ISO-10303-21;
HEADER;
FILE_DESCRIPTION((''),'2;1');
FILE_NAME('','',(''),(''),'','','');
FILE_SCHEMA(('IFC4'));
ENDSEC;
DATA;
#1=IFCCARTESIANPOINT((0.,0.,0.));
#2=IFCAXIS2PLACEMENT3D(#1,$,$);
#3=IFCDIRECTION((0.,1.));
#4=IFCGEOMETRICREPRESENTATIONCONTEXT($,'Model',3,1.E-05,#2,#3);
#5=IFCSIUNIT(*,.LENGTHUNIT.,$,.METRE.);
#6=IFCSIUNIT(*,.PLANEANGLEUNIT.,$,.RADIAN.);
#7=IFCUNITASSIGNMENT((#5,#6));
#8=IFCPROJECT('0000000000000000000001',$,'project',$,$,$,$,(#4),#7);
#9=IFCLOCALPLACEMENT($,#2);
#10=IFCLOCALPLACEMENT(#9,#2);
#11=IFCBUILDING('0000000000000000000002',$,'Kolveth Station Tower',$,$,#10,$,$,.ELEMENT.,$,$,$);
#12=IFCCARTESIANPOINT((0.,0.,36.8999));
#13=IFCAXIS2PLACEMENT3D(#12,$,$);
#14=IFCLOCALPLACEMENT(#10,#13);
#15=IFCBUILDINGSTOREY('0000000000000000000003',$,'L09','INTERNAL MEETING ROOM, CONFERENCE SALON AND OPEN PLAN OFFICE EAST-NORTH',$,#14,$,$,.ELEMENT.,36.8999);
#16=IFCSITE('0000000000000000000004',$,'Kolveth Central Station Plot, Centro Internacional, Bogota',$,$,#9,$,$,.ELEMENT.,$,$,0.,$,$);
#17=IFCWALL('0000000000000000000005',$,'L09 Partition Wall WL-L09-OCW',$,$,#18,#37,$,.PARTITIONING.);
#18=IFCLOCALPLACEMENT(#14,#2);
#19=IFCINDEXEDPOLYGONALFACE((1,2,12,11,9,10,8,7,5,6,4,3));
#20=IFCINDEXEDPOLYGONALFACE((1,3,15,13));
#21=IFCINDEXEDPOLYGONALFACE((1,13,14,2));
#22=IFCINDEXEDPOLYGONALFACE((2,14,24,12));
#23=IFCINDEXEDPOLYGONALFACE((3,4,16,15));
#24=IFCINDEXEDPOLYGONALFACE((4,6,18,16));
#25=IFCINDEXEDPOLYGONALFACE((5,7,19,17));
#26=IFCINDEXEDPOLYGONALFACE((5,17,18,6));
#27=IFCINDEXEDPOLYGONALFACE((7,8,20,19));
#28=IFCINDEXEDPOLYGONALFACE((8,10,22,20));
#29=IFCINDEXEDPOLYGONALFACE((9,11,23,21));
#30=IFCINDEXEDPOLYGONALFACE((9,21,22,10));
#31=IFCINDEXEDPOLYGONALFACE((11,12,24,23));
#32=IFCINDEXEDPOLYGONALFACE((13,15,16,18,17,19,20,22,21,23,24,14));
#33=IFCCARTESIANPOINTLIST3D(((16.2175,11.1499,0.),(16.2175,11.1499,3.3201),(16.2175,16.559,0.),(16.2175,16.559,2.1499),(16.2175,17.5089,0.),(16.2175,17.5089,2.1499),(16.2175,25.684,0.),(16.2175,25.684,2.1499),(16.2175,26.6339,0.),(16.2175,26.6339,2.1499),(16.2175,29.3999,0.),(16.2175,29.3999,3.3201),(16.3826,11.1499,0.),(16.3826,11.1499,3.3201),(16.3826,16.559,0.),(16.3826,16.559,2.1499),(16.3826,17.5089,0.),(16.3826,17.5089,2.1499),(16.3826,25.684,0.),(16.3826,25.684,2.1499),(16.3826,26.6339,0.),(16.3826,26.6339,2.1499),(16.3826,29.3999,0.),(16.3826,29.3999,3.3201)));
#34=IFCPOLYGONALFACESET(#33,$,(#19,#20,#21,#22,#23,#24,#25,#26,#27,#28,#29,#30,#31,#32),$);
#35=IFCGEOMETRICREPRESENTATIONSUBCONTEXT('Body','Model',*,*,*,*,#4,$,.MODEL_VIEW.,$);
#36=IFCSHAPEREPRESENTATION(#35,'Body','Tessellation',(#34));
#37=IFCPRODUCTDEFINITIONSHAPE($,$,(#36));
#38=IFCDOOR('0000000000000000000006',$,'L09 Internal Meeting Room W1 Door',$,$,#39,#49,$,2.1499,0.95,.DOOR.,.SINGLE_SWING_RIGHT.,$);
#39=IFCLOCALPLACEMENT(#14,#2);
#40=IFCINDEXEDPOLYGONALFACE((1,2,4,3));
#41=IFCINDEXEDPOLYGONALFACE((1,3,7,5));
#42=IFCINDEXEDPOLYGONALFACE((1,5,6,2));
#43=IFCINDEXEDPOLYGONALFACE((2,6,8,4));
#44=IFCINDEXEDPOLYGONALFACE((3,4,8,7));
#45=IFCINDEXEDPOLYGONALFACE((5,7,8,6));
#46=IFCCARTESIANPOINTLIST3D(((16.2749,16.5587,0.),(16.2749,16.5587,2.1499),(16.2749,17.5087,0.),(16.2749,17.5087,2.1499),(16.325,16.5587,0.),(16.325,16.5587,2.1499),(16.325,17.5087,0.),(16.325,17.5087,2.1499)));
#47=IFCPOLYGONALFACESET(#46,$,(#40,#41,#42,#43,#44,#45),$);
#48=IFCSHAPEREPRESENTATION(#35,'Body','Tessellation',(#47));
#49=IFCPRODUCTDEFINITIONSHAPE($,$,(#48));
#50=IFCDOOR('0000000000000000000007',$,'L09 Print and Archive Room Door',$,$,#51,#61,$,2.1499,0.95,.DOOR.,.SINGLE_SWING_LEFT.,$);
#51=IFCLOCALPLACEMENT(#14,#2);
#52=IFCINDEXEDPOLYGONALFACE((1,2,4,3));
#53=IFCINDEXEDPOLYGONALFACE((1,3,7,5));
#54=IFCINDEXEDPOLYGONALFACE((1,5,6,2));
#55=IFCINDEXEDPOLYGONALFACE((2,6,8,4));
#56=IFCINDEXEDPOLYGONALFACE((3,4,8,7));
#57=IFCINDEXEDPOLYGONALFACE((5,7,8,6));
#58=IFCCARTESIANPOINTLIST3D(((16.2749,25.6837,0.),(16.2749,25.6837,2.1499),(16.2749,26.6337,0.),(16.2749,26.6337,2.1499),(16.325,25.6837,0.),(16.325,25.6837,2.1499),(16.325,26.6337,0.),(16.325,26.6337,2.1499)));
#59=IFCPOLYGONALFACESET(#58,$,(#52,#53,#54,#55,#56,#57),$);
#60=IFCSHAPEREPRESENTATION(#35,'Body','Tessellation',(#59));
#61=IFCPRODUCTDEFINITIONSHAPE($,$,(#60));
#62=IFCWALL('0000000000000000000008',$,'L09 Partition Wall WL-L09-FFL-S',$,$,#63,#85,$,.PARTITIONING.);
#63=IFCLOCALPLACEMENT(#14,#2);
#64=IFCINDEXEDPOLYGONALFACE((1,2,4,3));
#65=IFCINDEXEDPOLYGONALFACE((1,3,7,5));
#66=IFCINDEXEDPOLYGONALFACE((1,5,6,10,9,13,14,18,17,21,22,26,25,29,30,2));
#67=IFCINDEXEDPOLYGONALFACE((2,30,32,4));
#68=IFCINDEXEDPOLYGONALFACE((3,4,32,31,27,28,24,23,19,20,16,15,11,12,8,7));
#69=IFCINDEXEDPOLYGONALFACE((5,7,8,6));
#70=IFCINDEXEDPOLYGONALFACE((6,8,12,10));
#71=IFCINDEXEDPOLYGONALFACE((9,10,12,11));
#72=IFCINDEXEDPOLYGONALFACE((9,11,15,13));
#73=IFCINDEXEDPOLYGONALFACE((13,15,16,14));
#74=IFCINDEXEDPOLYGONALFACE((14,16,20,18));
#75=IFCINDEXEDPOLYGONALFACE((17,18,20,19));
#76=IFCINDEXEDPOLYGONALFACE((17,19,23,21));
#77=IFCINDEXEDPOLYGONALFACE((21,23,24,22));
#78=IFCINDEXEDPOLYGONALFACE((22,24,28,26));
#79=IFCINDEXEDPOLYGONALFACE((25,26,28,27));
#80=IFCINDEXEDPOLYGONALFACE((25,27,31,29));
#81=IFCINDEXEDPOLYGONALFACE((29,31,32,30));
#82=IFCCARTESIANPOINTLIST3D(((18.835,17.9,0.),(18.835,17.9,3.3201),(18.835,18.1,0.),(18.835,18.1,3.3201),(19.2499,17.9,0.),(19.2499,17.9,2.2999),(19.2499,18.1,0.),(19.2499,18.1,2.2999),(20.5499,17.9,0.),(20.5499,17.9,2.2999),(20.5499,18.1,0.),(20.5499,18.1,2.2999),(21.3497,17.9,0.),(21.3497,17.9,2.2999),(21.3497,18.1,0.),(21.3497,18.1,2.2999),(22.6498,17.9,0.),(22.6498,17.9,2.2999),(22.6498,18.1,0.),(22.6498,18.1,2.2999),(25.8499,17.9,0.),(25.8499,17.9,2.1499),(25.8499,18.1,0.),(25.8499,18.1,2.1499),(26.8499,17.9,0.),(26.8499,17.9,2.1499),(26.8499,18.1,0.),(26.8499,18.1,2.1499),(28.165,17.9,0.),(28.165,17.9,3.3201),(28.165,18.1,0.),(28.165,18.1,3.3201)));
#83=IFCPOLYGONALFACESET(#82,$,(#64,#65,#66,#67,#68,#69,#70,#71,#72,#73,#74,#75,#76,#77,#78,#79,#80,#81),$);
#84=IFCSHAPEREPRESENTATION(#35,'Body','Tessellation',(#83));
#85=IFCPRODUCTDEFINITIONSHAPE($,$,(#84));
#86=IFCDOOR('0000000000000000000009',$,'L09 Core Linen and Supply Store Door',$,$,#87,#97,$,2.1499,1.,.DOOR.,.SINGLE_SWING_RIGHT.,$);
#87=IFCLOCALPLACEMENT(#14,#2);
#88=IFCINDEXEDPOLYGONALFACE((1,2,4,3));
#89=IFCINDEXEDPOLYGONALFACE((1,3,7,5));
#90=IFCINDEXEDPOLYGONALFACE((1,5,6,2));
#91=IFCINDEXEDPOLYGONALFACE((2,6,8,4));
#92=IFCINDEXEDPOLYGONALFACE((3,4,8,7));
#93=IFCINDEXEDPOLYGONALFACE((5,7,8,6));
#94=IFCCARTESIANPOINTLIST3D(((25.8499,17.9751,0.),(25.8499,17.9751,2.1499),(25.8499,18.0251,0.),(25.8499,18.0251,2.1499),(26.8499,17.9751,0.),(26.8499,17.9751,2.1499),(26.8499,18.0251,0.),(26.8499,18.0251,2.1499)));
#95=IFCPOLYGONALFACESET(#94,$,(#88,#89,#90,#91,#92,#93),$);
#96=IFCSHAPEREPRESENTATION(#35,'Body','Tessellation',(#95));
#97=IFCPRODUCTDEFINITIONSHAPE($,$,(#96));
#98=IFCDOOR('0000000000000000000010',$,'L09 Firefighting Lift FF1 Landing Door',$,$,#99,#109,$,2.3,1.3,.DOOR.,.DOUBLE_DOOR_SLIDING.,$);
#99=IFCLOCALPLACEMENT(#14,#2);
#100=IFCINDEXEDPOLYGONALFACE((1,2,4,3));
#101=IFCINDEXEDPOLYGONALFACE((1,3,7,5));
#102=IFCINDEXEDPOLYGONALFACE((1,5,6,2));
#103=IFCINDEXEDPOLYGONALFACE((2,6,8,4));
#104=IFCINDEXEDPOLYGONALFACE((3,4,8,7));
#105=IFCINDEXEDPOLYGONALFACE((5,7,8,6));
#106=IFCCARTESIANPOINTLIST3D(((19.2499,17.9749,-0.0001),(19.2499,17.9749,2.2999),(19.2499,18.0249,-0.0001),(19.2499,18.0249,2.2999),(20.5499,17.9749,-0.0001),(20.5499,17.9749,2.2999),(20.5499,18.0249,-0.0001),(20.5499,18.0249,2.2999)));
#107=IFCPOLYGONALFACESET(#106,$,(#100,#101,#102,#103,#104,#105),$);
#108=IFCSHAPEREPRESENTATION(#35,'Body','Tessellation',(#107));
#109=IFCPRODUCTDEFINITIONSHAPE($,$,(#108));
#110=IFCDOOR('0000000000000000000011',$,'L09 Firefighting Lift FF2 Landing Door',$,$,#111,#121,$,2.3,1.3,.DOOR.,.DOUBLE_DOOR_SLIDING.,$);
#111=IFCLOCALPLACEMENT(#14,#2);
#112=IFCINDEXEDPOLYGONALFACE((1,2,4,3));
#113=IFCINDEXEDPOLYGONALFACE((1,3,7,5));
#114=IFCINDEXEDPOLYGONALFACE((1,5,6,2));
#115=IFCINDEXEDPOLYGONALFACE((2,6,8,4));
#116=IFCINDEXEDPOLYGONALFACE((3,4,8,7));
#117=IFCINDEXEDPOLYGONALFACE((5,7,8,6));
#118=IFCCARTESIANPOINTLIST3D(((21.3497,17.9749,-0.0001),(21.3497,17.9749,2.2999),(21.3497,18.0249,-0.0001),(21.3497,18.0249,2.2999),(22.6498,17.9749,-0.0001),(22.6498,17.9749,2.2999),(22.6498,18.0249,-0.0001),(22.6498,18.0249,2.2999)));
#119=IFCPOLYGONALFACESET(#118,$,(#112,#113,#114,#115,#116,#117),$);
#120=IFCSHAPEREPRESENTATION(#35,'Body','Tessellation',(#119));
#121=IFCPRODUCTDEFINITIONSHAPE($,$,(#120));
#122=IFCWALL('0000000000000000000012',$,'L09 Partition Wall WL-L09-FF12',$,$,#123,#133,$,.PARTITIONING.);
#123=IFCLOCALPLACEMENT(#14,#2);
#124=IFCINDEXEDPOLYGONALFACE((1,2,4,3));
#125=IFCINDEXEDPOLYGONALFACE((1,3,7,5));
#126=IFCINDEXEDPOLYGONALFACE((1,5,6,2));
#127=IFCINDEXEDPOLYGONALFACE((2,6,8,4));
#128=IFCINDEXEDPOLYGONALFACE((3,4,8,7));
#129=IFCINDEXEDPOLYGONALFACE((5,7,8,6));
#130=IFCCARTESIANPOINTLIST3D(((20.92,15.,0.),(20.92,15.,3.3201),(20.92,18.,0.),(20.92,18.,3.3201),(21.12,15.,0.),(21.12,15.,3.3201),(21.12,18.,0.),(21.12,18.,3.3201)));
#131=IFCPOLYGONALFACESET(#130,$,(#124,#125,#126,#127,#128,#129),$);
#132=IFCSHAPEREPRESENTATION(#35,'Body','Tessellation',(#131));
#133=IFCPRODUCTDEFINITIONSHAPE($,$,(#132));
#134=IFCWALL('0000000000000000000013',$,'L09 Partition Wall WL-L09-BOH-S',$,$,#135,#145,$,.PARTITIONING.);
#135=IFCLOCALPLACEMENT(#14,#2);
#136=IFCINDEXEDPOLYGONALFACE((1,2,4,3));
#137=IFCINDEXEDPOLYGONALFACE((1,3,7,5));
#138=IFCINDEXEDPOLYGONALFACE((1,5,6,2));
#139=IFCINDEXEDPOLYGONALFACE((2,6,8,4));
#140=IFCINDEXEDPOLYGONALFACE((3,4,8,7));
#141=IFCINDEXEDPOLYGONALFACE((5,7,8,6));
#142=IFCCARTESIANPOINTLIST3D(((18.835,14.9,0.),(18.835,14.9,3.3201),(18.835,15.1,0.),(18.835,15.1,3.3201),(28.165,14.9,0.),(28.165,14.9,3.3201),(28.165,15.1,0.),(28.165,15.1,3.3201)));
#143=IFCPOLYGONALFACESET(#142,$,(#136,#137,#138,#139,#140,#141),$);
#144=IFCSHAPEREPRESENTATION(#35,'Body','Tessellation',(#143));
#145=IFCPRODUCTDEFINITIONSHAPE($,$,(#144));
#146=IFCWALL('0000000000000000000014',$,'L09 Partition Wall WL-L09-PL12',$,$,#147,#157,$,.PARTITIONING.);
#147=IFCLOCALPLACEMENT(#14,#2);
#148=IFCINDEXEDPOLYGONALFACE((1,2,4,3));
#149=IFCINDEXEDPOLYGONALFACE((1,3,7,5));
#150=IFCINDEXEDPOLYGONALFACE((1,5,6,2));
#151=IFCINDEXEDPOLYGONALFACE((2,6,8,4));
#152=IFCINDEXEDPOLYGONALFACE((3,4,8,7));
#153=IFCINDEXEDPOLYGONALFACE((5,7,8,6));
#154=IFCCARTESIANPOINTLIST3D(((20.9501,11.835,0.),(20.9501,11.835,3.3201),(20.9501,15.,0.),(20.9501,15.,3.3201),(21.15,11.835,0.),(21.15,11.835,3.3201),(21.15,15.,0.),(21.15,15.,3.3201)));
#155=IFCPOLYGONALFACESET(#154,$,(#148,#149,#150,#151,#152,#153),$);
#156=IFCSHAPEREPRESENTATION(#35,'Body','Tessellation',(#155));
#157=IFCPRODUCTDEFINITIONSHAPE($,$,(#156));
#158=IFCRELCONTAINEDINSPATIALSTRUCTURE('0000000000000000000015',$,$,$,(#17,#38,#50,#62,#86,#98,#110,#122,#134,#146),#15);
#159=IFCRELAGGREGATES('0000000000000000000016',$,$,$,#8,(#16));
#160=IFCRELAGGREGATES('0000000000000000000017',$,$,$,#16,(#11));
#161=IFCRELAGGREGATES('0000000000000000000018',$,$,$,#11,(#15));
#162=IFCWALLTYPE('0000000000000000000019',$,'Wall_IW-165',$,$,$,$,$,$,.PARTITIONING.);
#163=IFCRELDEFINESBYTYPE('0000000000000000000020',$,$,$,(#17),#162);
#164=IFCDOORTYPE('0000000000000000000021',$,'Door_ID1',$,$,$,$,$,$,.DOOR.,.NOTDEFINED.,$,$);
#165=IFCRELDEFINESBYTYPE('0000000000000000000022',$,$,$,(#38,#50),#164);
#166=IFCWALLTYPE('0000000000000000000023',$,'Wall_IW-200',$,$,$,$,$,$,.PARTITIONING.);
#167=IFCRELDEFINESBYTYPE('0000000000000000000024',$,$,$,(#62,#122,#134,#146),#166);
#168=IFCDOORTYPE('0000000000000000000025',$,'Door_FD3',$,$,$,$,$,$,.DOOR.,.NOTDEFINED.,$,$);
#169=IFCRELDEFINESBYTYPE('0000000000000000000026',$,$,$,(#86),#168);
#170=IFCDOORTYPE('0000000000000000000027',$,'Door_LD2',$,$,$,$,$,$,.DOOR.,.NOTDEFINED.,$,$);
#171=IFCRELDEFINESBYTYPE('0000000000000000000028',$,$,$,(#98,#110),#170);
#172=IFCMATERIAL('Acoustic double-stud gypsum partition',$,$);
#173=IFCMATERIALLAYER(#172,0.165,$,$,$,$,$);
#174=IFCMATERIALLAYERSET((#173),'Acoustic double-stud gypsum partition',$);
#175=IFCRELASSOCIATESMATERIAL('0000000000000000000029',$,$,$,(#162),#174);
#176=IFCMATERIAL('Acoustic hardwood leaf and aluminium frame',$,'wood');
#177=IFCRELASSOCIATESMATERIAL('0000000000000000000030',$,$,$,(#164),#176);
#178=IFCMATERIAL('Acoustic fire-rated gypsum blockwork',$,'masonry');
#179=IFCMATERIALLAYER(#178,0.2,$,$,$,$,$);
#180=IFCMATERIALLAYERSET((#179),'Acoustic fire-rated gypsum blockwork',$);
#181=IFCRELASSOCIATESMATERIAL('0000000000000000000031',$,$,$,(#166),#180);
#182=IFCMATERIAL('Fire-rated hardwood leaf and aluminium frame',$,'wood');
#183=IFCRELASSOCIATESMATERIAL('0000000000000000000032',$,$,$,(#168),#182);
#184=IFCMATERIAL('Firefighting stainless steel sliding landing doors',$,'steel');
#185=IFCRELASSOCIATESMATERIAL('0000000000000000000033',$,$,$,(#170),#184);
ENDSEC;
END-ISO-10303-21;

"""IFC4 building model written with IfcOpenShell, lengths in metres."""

from ifc_helpers import new_model, si_unit, direction, frame, frame_2d, origin, place, context, subcontext, project, spatial, rectangle, extrude, material, layer, layer_set, type_object, element, fill, save


model = new_model("IFC4")

# Units and contexts
model_context = context("Model", 3, precision=1e-05, world=origin(), true_north=direction((0.0, 1.0)))
body_context = subcontext(model_context, "Body", "Model", "MODEL_VIEW")
ifc_project = project(units=[si_unit("LENGTHUNIT", "METRE"), si_unit("PLANEANGLEUNIT", "RADIAN")], contexts=[model_context])

# Site, building, storey
site_placement = place(None, origin())
site = spatial("IfcSite", under=ifc_project, at=site_placement, Name="Kolveth Central Station Plot, Centro Internacional, Bogota", CompositionType="ELEMENT", RefElevation=0.0)
building_placement = place(site_placement, origin())
building = spatial("IfcBuilding", under=site, at=building_placement, Name="Kolveth Station Tower", CompositionType="ELEMENT")
storey_placement = place(building_placement, frame((0.0, 0.0, 36.8999)))
storey = spatial("IfcBuildingStorey", under=building, at=storey_placement, Name="L09", Description="INTERNAL MEETING ROOM, CONFERENCE SALON AND OPEN PLAN OFFICE EAST-NORTH", CompositionType="ELEMENT", Elevation=36.8999)

# Walls, openings, doors
ifc_material_1 = material(Name="Acoustic double-stud gypsum partition")
ifc_layer_1 = layer(ifc_material_1, 0.165)
ifc_layer_set_1 = layer_set([ifc_layer_1], Name="Acoustic double-stud gypsum partition")
wall_type_1 = type_object("IfcWallType", Name="Wall_IW-165", PredefinedType="PARTITIONING", material=ifc_layer_set_1)
wall_1_placement = place(storey_placement, frame((16.3, 11.1499, 0.0), z_axis=(0.0, 0.0, 1.0), x_axis=(0.0, 1.0, 0.0)))
wall_1 = element("IfcWall", 1, at=wall_1_placement, inside=storey, type_object=wall_type_1, Name="L09 Partition Wall WL-L09-OCW", PredefinedType="PARTITIONING", context=body_context, shape_type="SweptSolid", body=[
    extrude(rectangle(XDim=18.25, YDim=0.165, at=frame_2d((9.125, 0.0))), origin(), (0.0, 0.0, 1.0), 3.3201),
])
opening_1_placement = place(wall_1_placement, frame((5.4089, 0.0, 0.0)))
opening_1 = element("IfcOpeningElement", 2, at=opening_1_placement, cuts=wall_1, PredefinedType="OPENING", context=body_context, shape_type="SweptSolid", body=[
    extrude(rectangle(XDim=0.95, YDim=2.1499, at=frame_2d((0.4751, 1.075))), frame((0.0, 0.0925, 0.0), z_axis=(0.0, -1.0, 0.0), x_axis=(1.0, 0.0, 0.0)), (0.0, 0.0, 1.0), 0.1851),
])
opening_2_placement = place(wall_1_placement, frame((14.5339, 0.0, 0.0)))
opening_2 = element("IfcOpeningElement", 3, at=opening_2_placement, cuts=wall_1, PredefinedType="OPENING", context=body_context, shape_type="SweptSolid", body=[
    extrude(rectangle(XDim=0.95, YDim=2.1499, at=frame_2d((0.4751, 1.075))), frame((0.0, 0.0925, 0.0), z_axis=(0.0, -1.0, 0.0), x_axis=(1.0, 0.0, 0.0)), (0.0, 0.0, 1.0), 0.1851),
])
ifc_material_2 = material(Name="Acoustic hardwood leaf and aluminium frame", Category="wood")
door_type_1 = type_object("IfcDoorType", Name="Door_ID1", OperationType="NOTDEFINED", PredefinedType="DOOR", material=ifc_material_2)
door_1_placement = place(opening_1_placement, frame((0.95, 0.0, 0.0), z_axis=(0.0, 0.0, 1.0), x_axis=(-1.0, 0.0, 0.0)))
door_1 = element("IfcDoor", 4, at=door_1_placement, inside=storey, type_object=door_type_1, Name="L09 Internal Meeting Room W1 Door", OperationType="SINGLE_SWING_RIGHT", OverallHeight=2.1499, OverallWidth=0.95, PredefinedType="DOOR", context=body_context, shape_type="SweptSolid", body=[
    extrude(rectangle(XDim=0.95, YDim=2.1499, at=frame_2d((0.4751, 1.075))), frame((0.0, 0.0249, 0.0), z_axis=(0.0, -1.0, 0.0), x_axis=(1.0, 0.0, 0.0)), (0.0, 0.0, 1.0), 0.05),
])
fill(opening_1, door_1)
door_2_placement = place(opening_2_placement, frame((0.95, 0.0, 0.0), z_axis=(0.0, 0.0, 1.0), x_axis=(-1.0, 0.0, 0.0)))
door_2 = element("IfcDoor", 5, at=door_2_placement, inside=storey, type_object=door_type_1, Name="L09 Print and Archive Room Door", OperationType="SINGLE_SWING_LEFT", OverallHeight=2.1499, OverallWidth=0.95, PredefinedType="DOOR", context=body_context, shape_type="SweptSolid", body=[
    extrude(rectangle(XDim=0.95, YDim=2.1499, at=frame_2d((0.4751, 1.075))), frame((0.0, 0.0249, 0.0), z_axis=(0.0, -1.0, 0.0), x_axis=(1.0, 0.0, 0.0)), (0.0, 0.0, 1.0), 0.05),
])
fill(opening_2, door_2)
ifc_material_3 = material(Name="Acoustic fire-rated gypsum blockwork", Category="masonry")
ifc_layer_2 = layer(ifc_material_3, 0.2)
ifc_layer_set_2 = layer_set([ifc_layer_2], Name="Acoustic fire-rated gypsum blockwork")
wall_type_2 = type_object("IfcWallType", Name="Wall_IW-200", PredefinedType="PARTITIONING", material=ifc_layer_set_2)
wall_2_placement = place(storey_placement, frame((18.835, 18.0, 0.0), z_axis=(0.0, 0.0, 1.0), x_axis=(1.0, 0.0, 0.0)))
wall_2 = element("IfcWall", 6, at=wall_2_placement, inside=storey, type_object=wall_type_2, Name="L09 Partition Wall WL-L09-FFL-S", PredefinedType="PARTITIONING", context=body_context, shape_type="SweptSolid", body=[
    extrude(rectangle(XDim=9.3301, YDim=0.2, at=frame_2d((4.665, 0.0))), origin(), (0.0, 0.0, 1.0), 3.3201),
])
opening_3_placement = place(wall_2_placement, frame((0.415, 0.0, 0.0)))
opening_3 = element("IfcOpeningElement", 7, at=opening_3_placement, cuts=wall_2, PredefinedType="OPENING", context=body_context, shape_type="SweptSolid", body=[
    extrude(rectangle(XDim=1.3, YDim=2.3, at=frame_2d((0.6499, 1.1499))), frame((0.0, 0.1099, 0.0), z_axis=(0.0, -1.0, 0.0), x_axis=(1.0, 0.0, 0.0)), (0.0, 0.0, 1.0), 0.22),
])
opening_4_placement = place(wall_2_placement, frame((2.5149, 0.0, 0.0)))
opening_4 = element("IfcOpeningElement", 8, at=opening_4_placement, cuts=wall_2, PredefinedType="OPENING", context=body_context, shape_type="SweptSolid", body=[
    extrude(rectangle(XDim=1.3, YDim=2.3, at=frame_2d((0.6499, 1.1499))), frame((0.0, 0.1099, 0.0), z_axis=(0.0, -1.0, 0.0), x_axis=(1.0, 0.0, 0.0)), (0.0, 0.0, 1.0), 0.22),
])
opening_5_placement = place(wall_2_placement, frame((7.0149, 0.0, 0.0)))
opening_5 = element("IfcOpeningElement", 9, at=opening_5_placement, cuts=wall_2, PredefinedType="OPENING", context=body_context, shape_type="SweptSolid", body=[
    extrude(rectangle(XDim=1.0, YDim=2.1499, at=frame_2d((0.5, 1.075))), frame((0.0, 0.1099, 0.0), z_axis=(0.0, -1.0, 0.0), x_axis=(1.0, 0.0, 0.0)), (0.0, 0.0, 1.0), 0.22),
])
ifc_material_4 = material(Name="Fire-rated hardwood leaf and aluminium frame", Category="wood")
door_type_2 = type_object("IfcDoorType", Name="Door_FD3", OperationType="NOTDEFINED", PredefinedType="DOOR", material=ifc_material_4)
door_3_placement = place(opening_5_placement, frame((1.0, 0.0, 0.0), z_axis=(0.0, 0.0, 1.0), x_axis=(-1.0, 0.0, 0.0)))
door_3 = element("IfcDoor", 10, at=door_3_placement, inside=storey, type_object=door_type_2, Name="L09 Core Linen and Supply Store Door", OperationType="SINGLE_SWING_RIGHT", OverallHeight=2.1499, OverallWidth=1.0, PredefinedType="DOOR", context=body_context, shape_type="SweptSolid", body=[
    extrude(rectangle(XDim=1.0, YDim=2.1499, at=frame_2d((0.5, 1.075))), frame((0.0, 0.0249, 0.0), z_axis=(0.0, -1.0, 0.0), x_axis=(1.0, 0.0, 0.0)), (0.0, 0.0, 1.0), 0.05),
])
fill(opening_5, door_3)
ifc_material_5 = material(Name="Firefighting stainless steel sliding landing doors", Category="steel")
door_type_3 = type_object("IfcDoorType", Name="Door_LD2", OperationType="NOTDEFINED", PredefinedType="DOOR", material=ifc_material_5)
door_4_placement = place(opening_3_placement, origin())
door_4 = element("IfcDoor", 11, at=door_4_placement, inside=storey, type_object=door_type_3, Name="L09 Firefighting Lift FF1 Landing Door", OperationType="DOUBLE_DOOR_SLIDING", OverallHeight=2.3, OverallWidth=1.3, PredefinedType="DOOR", context=body_context, shape_type="SweptSolid", body=[
    extrude(rectangle(XDim=1.3, YDim=2.3, at=frame_2d((0.6499, 1.1499))), frame((0.0, 0.0249, 0.0), z_axis=(0.0, -1.0, 0.0), x_axis=(1.0, 0.0, 0.0)), (0.0, 0.0, 1.0), 0.05),
])
fill(opening_3, door_4)
door_5_placement = place(opening_4_placement, origin())
door_5 = element("IfcDoor", 12, at=door_5_placement, inside=storey, type_object=door_type_3, Name="L09 Firefighting Lift FF2 Landing Door", OperationType="DOUBLE_DOOR_SLIDING", OverallHeight=2.3, OverallWidth=1.3, PredefinedType="DOOR", context=body_context, shape_type="SweptSolid", body=[
    extrude(rectangle(XDim=1.3, YDim=2.3, at=frame_2d((0.6499, 1.1499))), frame((0.0, 0.0249, 0.0), z_axis=(0.0, -1.0, 0.0), x_axis=(1.0, 0.0, 0.0)), (0.0, 0.0, 1.0), 0.05),
])
fill(opening_4, door_5)

# Walls
wall_3_placement = place(storey_placement, frame((21.02, 15.0, 0.0), z_axis=(0.0, 0.0, 1.0), x_axis=(0.0, 1.0, 0.0)))
element("IfcWall", 13, at=wall_3_placement, inside=storey, type_object=wall_type_2, Name="L09 Partition Wall WL-L09-FF12", PredefinedType="PARTITIONING", context=body_context, shape_type="SweptSolid", body=[
    extrude(rectangle(XDim=3.0, YDim=0.2, at=frame_2d((1.5, 0.0))), origin(), (0.0, 0.0, 1.0), 3.3201),
])
wall_4_placement = place(storey_placement, frame((18.835, 15.0, 0.0), z_axis=(0.0, 0.0, 1.0), x_axis=(1.0, 0.0, 0.0)))
element("IfcWall", 14, at=wall_4_placement, inside=storey, type_object=wall_type_2, Name="L09 Partition Wall WL-L09-BOH-S", PredefinedType="PARTITIONING", context=body_context, shape_type="SweptSolid", body=[
    extrude(rectangle(XDim=9.3301, YDim=0.2, at=frame_2d((4.665, 0.0))), origin(), (0.0, 0.0, 1.0), 3.3201),
])
wall_5_placement = place(storey_placement, frame((21.05, 11.835, 0.0), z_axis=(0.0, 0.0, 1.0), x_axis=(0.0, 1.0, 0.0)))
element("IfcWall", 15, at=wall_5_placement, inside=storey, type_object=wall_type_2, Name="L09 Partition Wall WL-L09-PL12", PredefinedType="PARTITIONING", context=body_context, shape_type="SweptSolid", body=[
    extrude(rectangle(XDim=3.165, YDim=0.2, at=frame_2d((1.5825, 0.0))), origin(), (0.0, 0.0, 1.0), 3.3201),
])

save(model, "model.ifc")
